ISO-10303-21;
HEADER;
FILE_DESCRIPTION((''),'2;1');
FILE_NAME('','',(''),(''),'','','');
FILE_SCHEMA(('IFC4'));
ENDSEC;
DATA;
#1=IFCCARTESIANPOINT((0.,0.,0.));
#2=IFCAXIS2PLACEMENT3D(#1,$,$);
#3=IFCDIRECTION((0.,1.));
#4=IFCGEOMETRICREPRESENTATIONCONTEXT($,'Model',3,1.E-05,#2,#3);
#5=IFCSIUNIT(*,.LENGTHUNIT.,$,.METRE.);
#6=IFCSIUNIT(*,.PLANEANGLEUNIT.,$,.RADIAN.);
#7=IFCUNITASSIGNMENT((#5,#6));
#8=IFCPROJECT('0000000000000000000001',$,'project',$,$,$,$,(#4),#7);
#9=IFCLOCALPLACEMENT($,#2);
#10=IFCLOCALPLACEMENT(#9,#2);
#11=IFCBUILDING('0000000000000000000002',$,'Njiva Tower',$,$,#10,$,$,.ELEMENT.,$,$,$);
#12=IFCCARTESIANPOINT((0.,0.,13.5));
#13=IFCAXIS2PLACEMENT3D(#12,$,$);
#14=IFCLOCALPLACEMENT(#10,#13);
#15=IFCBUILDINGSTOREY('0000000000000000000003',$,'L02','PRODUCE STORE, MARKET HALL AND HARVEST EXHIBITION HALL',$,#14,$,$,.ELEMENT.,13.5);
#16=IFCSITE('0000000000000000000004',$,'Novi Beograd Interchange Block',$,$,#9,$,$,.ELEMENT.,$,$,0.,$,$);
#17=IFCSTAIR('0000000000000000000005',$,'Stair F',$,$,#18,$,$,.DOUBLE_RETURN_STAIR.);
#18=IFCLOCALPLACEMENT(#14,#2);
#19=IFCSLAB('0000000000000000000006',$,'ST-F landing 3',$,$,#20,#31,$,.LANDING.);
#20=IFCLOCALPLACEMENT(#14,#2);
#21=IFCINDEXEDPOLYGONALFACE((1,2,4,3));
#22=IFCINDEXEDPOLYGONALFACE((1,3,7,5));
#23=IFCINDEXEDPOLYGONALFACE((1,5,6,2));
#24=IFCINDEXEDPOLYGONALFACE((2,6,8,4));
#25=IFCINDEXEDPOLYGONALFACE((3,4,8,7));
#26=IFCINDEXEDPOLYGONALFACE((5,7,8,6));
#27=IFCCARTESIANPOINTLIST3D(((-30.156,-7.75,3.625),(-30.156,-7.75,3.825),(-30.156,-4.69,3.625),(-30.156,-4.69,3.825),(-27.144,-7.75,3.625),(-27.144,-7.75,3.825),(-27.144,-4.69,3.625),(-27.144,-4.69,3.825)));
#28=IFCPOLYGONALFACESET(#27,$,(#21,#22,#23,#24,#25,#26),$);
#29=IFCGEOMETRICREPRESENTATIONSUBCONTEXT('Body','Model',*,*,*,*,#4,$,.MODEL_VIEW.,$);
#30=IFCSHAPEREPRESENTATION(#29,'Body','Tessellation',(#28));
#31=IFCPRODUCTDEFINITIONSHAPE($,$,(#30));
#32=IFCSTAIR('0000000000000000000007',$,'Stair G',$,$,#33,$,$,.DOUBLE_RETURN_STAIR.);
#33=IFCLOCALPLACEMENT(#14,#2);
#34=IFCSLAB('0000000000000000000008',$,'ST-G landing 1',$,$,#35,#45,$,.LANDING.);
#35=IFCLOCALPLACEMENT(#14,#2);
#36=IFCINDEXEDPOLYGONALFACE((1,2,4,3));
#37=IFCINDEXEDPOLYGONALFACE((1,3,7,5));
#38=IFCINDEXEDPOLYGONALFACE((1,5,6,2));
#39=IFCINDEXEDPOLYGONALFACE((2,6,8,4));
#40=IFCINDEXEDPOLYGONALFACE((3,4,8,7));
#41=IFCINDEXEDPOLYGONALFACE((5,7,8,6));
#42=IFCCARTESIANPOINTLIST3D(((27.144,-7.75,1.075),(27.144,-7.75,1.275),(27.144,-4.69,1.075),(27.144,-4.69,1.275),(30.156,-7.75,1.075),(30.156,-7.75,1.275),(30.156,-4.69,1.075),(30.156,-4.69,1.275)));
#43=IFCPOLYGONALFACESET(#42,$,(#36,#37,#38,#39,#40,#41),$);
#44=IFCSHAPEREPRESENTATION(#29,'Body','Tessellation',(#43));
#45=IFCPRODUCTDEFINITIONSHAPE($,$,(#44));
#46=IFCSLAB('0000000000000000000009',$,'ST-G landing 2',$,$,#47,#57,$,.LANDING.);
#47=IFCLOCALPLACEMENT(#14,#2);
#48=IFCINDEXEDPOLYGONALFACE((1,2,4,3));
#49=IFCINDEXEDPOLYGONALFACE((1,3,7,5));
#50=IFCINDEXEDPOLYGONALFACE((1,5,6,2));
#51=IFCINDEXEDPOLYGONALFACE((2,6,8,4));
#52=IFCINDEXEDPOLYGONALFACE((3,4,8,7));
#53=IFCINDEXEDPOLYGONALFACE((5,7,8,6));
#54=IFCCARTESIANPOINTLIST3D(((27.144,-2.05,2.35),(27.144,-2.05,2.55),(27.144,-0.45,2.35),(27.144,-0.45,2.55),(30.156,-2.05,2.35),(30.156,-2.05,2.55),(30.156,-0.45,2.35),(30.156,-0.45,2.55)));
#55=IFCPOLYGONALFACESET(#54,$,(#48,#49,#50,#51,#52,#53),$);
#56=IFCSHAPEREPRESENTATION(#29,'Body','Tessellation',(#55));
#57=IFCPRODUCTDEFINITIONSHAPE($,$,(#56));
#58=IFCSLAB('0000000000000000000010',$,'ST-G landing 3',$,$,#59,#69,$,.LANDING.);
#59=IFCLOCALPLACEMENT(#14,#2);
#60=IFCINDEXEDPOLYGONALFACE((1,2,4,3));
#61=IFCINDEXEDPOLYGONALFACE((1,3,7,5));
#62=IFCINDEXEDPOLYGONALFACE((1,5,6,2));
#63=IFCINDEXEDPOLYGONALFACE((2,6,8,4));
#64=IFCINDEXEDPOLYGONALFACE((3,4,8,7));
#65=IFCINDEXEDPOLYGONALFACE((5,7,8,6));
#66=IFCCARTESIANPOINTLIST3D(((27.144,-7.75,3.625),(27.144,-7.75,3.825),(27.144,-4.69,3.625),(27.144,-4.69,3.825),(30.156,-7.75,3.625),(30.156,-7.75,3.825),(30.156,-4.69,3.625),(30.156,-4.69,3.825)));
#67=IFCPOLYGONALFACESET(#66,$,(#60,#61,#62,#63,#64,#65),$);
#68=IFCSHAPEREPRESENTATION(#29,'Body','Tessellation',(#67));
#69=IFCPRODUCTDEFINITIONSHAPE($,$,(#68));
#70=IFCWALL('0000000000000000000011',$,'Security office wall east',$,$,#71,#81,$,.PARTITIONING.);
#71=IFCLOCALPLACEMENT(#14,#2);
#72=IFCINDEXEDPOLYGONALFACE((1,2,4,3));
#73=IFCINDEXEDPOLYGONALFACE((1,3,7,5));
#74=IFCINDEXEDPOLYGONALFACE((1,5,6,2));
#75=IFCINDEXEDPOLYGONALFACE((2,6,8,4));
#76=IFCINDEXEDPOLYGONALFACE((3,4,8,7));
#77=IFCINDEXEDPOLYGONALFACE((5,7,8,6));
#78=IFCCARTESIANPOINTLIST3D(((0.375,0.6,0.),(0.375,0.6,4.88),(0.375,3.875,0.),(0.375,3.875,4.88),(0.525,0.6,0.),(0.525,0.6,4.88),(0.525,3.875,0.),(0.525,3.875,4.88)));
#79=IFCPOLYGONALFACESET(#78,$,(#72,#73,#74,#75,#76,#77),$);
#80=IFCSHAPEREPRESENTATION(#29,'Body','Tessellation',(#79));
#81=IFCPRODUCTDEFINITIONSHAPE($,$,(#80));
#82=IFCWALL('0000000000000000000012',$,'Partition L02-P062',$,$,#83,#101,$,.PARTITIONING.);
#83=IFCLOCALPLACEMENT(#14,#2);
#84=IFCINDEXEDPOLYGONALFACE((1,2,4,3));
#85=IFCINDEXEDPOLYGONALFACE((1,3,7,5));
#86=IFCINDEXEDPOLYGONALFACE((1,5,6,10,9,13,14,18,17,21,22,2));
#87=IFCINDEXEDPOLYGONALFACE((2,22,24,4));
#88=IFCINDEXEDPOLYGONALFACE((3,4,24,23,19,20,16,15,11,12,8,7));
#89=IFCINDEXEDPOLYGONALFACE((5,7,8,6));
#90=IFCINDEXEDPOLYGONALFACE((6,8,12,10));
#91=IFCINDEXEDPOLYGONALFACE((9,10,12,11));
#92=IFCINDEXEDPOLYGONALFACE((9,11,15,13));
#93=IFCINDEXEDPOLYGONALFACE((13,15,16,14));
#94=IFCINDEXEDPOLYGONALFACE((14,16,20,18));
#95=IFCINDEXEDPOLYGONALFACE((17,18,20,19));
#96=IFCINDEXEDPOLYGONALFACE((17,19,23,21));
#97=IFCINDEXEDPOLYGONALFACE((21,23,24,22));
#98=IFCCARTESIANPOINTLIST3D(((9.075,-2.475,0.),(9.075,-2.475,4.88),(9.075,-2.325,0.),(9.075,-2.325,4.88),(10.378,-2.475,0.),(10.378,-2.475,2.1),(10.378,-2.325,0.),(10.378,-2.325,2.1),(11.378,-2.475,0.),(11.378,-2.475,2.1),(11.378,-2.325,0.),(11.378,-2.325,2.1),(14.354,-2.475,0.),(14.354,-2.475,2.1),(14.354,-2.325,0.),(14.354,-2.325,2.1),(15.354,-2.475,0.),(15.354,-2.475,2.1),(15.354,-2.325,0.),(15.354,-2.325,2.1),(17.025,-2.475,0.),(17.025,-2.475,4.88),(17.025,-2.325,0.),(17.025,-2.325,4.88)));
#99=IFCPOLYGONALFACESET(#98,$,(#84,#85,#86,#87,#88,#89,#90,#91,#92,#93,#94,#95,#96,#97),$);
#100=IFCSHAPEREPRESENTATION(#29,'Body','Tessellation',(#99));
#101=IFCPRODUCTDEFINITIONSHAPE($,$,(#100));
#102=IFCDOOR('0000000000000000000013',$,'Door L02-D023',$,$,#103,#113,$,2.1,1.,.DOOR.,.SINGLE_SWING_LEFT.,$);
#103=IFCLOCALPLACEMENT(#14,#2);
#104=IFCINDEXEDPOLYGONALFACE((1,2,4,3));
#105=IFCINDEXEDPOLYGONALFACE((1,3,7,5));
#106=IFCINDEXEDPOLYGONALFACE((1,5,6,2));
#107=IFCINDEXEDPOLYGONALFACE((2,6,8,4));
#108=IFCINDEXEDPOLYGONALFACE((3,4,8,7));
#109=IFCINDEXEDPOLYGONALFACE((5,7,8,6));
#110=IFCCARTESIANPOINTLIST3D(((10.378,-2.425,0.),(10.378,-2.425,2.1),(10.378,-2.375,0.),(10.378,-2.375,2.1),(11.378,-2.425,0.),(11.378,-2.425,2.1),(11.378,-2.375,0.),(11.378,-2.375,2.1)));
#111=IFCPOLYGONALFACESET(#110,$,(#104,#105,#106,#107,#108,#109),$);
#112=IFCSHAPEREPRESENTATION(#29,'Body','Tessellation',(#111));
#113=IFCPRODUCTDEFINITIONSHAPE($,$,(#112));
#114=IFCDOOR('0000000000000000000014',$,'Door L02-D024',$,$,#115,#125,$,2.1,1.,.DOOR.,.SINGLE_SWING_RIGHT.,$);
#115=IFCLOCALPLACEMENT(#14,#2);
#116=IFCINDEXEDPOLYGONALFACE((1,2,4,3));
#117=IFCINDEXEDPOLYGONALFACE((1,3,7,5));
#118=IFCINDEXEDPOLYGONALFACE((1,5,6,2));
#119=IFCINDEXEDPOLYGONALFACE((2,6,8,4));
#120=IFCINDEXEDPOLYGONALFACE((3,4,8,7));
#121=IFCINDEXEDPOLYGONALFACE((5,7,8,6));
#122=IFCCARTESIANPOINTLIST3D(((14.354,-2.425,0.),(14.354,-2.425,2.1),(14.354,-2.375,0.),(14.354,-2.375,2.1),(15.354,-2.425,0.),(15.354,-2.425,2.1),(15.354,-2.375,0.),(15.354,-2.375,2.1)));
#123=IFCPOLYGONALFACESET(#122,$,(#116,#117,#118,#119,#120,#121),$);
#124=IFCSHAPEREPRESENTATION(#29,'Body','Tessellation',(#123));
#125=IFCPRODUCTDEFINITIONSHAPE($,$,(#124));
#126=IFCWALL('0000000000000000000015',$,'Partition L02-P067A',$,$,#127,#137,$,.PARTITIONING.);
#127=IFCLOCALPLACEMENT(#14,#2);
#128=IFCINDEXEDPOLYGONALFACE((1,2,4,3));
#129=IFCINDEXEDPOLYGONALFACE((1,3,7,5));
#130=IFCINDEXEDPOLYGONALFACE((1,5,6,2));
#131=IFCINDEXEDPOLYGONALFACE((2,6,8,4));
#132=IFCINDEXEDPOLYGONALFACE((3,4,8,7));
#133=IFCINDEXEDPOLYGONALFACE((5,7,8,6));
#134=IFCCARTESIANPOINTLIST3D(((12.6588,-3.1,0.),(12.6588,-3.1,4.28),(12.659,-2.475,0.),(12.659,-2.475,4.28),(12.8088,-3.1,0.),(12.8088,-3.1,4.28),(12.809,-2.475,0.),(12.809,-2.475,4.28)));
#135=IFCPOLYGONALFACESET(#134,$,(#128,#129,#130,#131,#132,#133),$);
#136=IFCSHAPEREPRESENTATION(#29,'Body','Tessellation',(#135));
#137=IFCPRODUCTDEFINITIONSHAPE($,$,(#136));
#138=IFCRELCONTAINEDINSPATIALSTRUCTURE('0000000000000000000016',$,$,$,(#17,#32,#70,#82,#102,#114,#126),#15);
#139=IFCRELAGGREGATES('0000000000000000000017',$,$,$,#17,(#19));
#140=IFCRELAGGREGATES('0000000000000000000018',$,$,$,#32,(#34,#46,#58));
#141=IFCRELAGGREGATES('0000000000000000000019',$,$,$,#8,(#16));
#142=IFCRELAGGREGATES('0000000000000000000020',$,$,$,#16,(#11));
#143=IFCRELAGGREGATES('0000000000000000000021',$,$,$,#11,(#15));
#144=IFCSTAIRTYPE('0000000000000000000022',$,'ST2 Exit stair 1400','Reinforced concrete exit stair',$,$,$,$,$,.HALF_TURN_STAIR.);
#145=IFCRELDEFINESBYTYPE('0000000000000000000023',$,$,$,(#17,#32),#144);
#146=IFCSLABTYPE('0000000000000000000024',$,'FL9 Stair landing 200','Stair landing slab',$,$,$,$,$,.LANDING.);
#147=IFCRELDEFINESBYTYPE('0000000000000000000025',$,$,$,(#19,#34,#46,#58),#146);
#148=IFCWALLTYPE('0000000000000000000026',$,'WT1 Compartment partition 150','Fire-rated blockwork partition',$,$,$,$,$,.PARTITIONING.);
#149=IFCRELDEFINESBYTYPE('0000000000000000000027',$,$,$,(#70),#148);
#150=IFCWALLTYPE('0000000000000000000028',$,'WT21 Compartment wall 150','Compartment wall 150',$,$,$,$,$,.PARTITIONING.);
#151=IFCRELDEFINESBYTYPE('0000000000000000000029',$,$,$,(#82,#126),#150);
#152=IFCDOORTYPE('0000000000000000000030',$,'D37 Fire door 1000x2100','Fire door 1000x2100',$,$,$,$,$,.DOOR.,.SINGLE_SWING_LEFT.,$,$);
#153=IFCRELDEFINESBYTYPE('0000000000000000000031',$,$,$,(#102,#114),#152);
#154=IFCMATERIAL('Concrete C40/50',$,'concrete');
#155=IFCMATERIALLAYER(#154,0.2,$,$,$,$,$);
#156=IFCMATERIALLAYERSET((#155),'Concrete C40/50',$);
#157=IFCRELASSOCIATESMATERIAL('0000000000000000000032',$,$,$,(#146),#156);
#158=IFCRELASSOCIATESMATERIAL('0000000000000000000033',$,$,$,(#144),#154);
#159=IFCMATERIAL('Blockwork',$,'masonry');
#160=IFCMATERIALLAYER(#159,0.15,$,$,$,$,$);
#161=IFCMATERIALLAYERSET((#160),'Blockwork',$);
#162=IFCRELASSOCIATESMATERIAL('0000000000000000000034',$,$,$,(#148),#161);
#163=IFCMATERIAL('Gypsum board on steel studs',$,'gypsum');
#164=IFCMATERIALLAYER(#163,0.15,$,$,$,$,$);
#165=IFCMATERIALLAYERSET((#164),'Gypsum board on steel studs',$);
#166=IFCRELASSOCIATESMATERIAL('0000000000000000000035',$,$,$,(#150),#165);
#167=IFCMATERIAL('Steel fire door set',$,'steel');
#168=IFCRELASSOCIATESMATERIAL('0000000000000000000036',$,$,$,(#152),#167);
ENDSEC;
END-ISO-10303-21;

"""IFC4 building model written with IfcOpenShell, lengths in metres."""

from ifc_helpers import new_model, si_unit, direction, frame, frame_2d, origin, place, context, subcontext, project, spatial, polyline, rectangle, outline, extrude, material, layer, layer_set, type_object, element, fill, aggregate, save


model = new_model("IFC4")

# Units and contexts
model_context = context("Model", 3, precision=1e-05, world=origin(), true_north=direction((0.0, 1.0)))
body_context = subcontext(model_context, "Body", "Model", "MODEL_VIEW")
ifc_project = project(units=[si_unit("LENGTHUNIT", "METRE"), si_unit("PLANEANGLEUNIT", "RADIAN")], contexts=[model_context])

# Site, building, storey
site_placement = place(None, origin())
site = spatial("IfcSite", under=ifc_project, at=site_placement, Name="Novi Beograd Interchange Block", CompositionType="ELEMENT", RefElevation=0.0)
building_placement = place(site_placement, origin())
building = spatial("IfcBuilding", under=site, at=building_placement, Name="Njiva Tower", CompositionType="ELEMENT")
storey_placement = place(building_placement, frame((0.0, 0.0, 13.5)))
storey = spatial("IfcBuildingStorey", under=building, at=storey_placement, Name="L02", Description="PRODUCE STORE, MARKET HALL AND HARVEST EXHIBITION HALL", CompositionType="ELEMENT", Elevation=13.5)

# Stairs, slabs
ifc_material_1 = material(Name="Concrete C40/50", Category="concrete")
ifc_layer_1 = layer(ifc_material_1, 0.2)
ifc_layer_set_1 = layer_set([ifc_layer_1], Name="Concrete C40/50")
slab_type = type_object("IfcSlabType", Name="FL9 Stair landing 200", Description="Stair landing slab", PredefinedType="LANDING", material=ifc_layer_set_1)
stair_type_1 = type_object("IfcStairType", Name="ST2 Exit stair 1400", Description="Reinforced concrete exit stair", PredefinedType="HALF_TURN_STAIR", material=ifc_material_1)
stair_1_placement = place(storey_placement, origin())
stair_1 = element("IfcStair", 1, at=stair_1_placement, inside=storey, type_object=stair_type_1, Name="Stair F", PredefinedType="DOUBLE_RETURN_STAIR")
slab_1_placement = place(storey_placement, frame((0.0, 0.0, 3.625)))
slab_1 = element("IfcSlab", 2, at=slab_1_placement, type_object=slab_type, Name="ST-F landing 3", PredefinedType="LANDING", context=body_context, shape_type="SweptSolid", body=[
    extrude(outline(polyline([(-30.156, -7.75), (-27.144, -7.75), (-27.144, -4.69), (-30.156, -4.69), (-30.156, -7.75)])), origin(), (0.0, 0.0, 1.0), 0.2),
])
aggregate(stair_1, [slab_1])
stair_2_placement = place(storey_placement, origin())
stair_2 = element("IfcStair", 3, at=stair_2_placement, inside=storey, type_object=stair_type_1, Name="Stair G", PredefinedType="DOUBLE_RETURN_STAIR")
slab_2_placement = place(storey_placement, frame((0.0, 0.0, 1.075)))
slab_2 = element("IfcSlab", 4, at=slab_2_placement, type_object=slab_type, Name="ST-G landing 1", PredefinedType="LANDING", context=body_context, shape_type="SweptSolid", body=[
    extrude(outline(polyline([(27.144, -7.75), (30.156, -7.75), (30.156, -4.69), (27.144, -4.69), (27.144, -7.75)])), origin(), (0.0, 0.0, 1.0), 0.2),
])
slab_3_placement = place(storey_placement, frame((0.0, 0.0, 2.35)))
slab_3 = element("IfcSlab", 5, at=slab_3_placement, type_object=slab_type, Name="ST-G landing 2", PredefinedType="LANDING", context=body_context, shape_type="SweptSolid", body=[
    extrude(outline(polyline([(27.144, -2.05), (30.156, -2.05), (30.156, -0.45), (27.144, -0.45), (27.144, -2.05)])), origin(), (0.0, 0.0, 1.0), 0.2),
])
slab_4_placement = place(storey_placement, frame((0.0, 0.0, 3.625)))
slab_4 = element("IfcSlab", 6, at=slab_4_placement, type_object=slab_type, Name="ST-G landing 3", PredefinedType="LANDING", context=body_context, shape_type="SweptSolid", body=[
    extrude(outline(polyline([(27.144, -7.75), (30.156, -7.75), (30.156, -4.69), (27.144, -4.69), (27.144, -7.75)])), origin(), (0.0, 0.0, 1.0), 0.2),
])
aggregate(stair_2, [slab_2, slab_3, slab_4])

# Wall
ifc_material_2 = material(Name="Blockwork", Category="masonry")
ifc_layer_2 = layer(ifc_material_2, 0.15)
ifc_layer_set_2 = layer_set([ifc_layer_2], Name="Blockwork")
wall_type_1 = type_object("IfcWallType", Name="WT1 Compartment partition 150", Description="Fire-rated blockwork partition", PredefinedType="PARTITIONING", material=ifc_layer_set_2)
wall_1_placement = place(storey_placement, frame((0.45, 0.6, 0.0), z_axis=(0.0, 0.0, 1.0), x_axis=(0.0, 1.0, 0.0)))
element("IfcWall", 7, at=wall_1_placement, inside=storey, type_object=wall_type_1, Name="Security office wall east", PredefinedType="PARTITIONING", context=body_context, shape_type="SweptSolid", body=[
    extrude(rectangle(XDim=3.275, YDim=0.15, at=frame_2d((1.6375, 0.0))), origin(), (0.0, 0.0, 1.0), 4.88),
])

# Wall, openings, doors
ifc_material_3 = material(Name="Gypsum board on steel studs", Category="gypsum")
ifc_layer_3 = layer(ifc_material_3, 0.15)
ifc_layer_set_3 = layer_set([ifc_layer_3], Name="Gypsum board on steel studs")
wall_type_2 = type_object("IfcWallType", Name="WT21 Compartment wall 150", Description="Compartment wall 150", PredefinedType="PARTITIONING", material=ifc_layer_set_3)
wall_2_placement = place(storey_placement, frame((9.075, -2.4, 0.0), z_axis=(0.0, 0.0, 1.0), x_axis=(1.0, 0.0, 0.0)))
wall_2 = element("IfcWall", 8, at=wall_2_placement, inside=storey, type_object=wall_type_2, Name="Partition L02-P062", PredefinedType="PARTITIONING", context=body_context, shape_type="SweptSolid", body=[
    extrude(rectangle(XDim=7.95, YDim=0.15, at=frame_2d((3.975, 0.0))), origin(), (0.0, 0.0, 1.0), 4.88),
])
opening_1_placement = place(wall_2_placement, frame((1.303, 0.0, 0.0)))
opening_1 = element("IfcOpeningElement", 9, at=opening_1_placement, cuts=wall_2, PredefinedType="OPENING", context=body_context, shape_type="SweptSolid", body=[
    extrude(rectangle(XDim=1.0, YDim=2.1, at=frame_2d((0.5, 1.05))), frame((0.0, 0.085, 0.0), z_axis=(0.0, -1.0, 0.0), x_axis=(1.0, 0.0, 0.0)), (0.0, 0.0, 1.0), 0.17),
])
opening_2_placement = place(wall_2_placement, frame((5.279, 0.0, 0.0)))
opening_2 = element("IfcOpeningElement", 10, at=opening_2_placement, cuts=wall_2, PredefinedType="OPENING", context=body_context, shape_type="SweptSolid", body=[
    extrude(rectangle(XDim=1.0, YDim=2.1, at=frame_2d((0.5, 1.05))), frame((0.0, 0.085, 0.0), z_axis=(0.0, -1.0, 0.0), x_axis=(1.0, 0.0, 0.0)), (0.0, 0.0, 1.0), 0.17),
])
ifc_material_4 = material(Name="Steel fire door set", Category="steel")
door_type = type_object("IfcDoorType", Name="D37 Fire door 1000x2100", Description="Fire door 1000x2100", OperationType="SINGLE_SWING_LEFT", PredefinedType="DOOR", material=ifc_material_4)
door_1_placement = place(opening_1_placement, origin())
door_1 = element("IfcDoor", 11, at=door_1_placement, inside=storey, type_object=door_type, Name="Door L02-D023", OperationType="SINGLE_SWING_LEFT", OverallHeight=2.1, OverallWidth=1.0, PredefinedType="DOOR", context=body_context, shape_type="SweptSolid", body=[
    extrude(rectangle(XDim=1.0, YDim=2.1, at=frame_2d((0.5, 1.05))), frame((0.0, 0.025, 0.0), z_axis=(0.0, -1.0, 0.0), x_axis=(1.0, 0.0, 0.0)), (0.0, 0.0, 1.0), 0.05),
])
fill(opening_1, door_1)
door_2_placement = place(opening_2_placement, origin())
door_2 = element("IfcDoor", 12, at=door_2_placement, inside=storey, type_object=door_type, Name="Door L02-D024", OperationType="SINGLE_SWING_RIGHT", OverallHeight=2.1, OverallWidth=1.0, PredefinedType="DOOR", context=body_context, shape_type="SweptSolid", body=[
    extrude(rectangle(XDim=1.0, YDim=2.1, at=frame_2d((0.5, 1.05))), frame((0.0, 0.025, 0.0), z_axis=(0.0, -1.0, 0.0), x_axis=(1.0, 0.0, 0.0)), (0.0, 0.0, 1.0), 0.05),
])
fill(opening_2, door_2)

# Wall
wall_3_placement = place(storey_placement, frame((12.7338, -3.1, 0.0), z_axis=(0.0, 0.0, 1.0), x_axis=(0.00032, 1.0, 0.0)))
element("IfcWall", 13, at=wall_3_placement, inside=storey, type_object=wall_type_2, Name="Partition L02-P067A", PredefinedType="PARTITIONING", context=body_context, shape_type="SweptSolid", body=[
    extrude(rectangle(XDim=0.625, YDim=0.15, at=frame_2d((0.3125, 0.0))), origin(), (0.0, 0.0, 1.0), 4.28),
])

save(model, "model.ifc")
